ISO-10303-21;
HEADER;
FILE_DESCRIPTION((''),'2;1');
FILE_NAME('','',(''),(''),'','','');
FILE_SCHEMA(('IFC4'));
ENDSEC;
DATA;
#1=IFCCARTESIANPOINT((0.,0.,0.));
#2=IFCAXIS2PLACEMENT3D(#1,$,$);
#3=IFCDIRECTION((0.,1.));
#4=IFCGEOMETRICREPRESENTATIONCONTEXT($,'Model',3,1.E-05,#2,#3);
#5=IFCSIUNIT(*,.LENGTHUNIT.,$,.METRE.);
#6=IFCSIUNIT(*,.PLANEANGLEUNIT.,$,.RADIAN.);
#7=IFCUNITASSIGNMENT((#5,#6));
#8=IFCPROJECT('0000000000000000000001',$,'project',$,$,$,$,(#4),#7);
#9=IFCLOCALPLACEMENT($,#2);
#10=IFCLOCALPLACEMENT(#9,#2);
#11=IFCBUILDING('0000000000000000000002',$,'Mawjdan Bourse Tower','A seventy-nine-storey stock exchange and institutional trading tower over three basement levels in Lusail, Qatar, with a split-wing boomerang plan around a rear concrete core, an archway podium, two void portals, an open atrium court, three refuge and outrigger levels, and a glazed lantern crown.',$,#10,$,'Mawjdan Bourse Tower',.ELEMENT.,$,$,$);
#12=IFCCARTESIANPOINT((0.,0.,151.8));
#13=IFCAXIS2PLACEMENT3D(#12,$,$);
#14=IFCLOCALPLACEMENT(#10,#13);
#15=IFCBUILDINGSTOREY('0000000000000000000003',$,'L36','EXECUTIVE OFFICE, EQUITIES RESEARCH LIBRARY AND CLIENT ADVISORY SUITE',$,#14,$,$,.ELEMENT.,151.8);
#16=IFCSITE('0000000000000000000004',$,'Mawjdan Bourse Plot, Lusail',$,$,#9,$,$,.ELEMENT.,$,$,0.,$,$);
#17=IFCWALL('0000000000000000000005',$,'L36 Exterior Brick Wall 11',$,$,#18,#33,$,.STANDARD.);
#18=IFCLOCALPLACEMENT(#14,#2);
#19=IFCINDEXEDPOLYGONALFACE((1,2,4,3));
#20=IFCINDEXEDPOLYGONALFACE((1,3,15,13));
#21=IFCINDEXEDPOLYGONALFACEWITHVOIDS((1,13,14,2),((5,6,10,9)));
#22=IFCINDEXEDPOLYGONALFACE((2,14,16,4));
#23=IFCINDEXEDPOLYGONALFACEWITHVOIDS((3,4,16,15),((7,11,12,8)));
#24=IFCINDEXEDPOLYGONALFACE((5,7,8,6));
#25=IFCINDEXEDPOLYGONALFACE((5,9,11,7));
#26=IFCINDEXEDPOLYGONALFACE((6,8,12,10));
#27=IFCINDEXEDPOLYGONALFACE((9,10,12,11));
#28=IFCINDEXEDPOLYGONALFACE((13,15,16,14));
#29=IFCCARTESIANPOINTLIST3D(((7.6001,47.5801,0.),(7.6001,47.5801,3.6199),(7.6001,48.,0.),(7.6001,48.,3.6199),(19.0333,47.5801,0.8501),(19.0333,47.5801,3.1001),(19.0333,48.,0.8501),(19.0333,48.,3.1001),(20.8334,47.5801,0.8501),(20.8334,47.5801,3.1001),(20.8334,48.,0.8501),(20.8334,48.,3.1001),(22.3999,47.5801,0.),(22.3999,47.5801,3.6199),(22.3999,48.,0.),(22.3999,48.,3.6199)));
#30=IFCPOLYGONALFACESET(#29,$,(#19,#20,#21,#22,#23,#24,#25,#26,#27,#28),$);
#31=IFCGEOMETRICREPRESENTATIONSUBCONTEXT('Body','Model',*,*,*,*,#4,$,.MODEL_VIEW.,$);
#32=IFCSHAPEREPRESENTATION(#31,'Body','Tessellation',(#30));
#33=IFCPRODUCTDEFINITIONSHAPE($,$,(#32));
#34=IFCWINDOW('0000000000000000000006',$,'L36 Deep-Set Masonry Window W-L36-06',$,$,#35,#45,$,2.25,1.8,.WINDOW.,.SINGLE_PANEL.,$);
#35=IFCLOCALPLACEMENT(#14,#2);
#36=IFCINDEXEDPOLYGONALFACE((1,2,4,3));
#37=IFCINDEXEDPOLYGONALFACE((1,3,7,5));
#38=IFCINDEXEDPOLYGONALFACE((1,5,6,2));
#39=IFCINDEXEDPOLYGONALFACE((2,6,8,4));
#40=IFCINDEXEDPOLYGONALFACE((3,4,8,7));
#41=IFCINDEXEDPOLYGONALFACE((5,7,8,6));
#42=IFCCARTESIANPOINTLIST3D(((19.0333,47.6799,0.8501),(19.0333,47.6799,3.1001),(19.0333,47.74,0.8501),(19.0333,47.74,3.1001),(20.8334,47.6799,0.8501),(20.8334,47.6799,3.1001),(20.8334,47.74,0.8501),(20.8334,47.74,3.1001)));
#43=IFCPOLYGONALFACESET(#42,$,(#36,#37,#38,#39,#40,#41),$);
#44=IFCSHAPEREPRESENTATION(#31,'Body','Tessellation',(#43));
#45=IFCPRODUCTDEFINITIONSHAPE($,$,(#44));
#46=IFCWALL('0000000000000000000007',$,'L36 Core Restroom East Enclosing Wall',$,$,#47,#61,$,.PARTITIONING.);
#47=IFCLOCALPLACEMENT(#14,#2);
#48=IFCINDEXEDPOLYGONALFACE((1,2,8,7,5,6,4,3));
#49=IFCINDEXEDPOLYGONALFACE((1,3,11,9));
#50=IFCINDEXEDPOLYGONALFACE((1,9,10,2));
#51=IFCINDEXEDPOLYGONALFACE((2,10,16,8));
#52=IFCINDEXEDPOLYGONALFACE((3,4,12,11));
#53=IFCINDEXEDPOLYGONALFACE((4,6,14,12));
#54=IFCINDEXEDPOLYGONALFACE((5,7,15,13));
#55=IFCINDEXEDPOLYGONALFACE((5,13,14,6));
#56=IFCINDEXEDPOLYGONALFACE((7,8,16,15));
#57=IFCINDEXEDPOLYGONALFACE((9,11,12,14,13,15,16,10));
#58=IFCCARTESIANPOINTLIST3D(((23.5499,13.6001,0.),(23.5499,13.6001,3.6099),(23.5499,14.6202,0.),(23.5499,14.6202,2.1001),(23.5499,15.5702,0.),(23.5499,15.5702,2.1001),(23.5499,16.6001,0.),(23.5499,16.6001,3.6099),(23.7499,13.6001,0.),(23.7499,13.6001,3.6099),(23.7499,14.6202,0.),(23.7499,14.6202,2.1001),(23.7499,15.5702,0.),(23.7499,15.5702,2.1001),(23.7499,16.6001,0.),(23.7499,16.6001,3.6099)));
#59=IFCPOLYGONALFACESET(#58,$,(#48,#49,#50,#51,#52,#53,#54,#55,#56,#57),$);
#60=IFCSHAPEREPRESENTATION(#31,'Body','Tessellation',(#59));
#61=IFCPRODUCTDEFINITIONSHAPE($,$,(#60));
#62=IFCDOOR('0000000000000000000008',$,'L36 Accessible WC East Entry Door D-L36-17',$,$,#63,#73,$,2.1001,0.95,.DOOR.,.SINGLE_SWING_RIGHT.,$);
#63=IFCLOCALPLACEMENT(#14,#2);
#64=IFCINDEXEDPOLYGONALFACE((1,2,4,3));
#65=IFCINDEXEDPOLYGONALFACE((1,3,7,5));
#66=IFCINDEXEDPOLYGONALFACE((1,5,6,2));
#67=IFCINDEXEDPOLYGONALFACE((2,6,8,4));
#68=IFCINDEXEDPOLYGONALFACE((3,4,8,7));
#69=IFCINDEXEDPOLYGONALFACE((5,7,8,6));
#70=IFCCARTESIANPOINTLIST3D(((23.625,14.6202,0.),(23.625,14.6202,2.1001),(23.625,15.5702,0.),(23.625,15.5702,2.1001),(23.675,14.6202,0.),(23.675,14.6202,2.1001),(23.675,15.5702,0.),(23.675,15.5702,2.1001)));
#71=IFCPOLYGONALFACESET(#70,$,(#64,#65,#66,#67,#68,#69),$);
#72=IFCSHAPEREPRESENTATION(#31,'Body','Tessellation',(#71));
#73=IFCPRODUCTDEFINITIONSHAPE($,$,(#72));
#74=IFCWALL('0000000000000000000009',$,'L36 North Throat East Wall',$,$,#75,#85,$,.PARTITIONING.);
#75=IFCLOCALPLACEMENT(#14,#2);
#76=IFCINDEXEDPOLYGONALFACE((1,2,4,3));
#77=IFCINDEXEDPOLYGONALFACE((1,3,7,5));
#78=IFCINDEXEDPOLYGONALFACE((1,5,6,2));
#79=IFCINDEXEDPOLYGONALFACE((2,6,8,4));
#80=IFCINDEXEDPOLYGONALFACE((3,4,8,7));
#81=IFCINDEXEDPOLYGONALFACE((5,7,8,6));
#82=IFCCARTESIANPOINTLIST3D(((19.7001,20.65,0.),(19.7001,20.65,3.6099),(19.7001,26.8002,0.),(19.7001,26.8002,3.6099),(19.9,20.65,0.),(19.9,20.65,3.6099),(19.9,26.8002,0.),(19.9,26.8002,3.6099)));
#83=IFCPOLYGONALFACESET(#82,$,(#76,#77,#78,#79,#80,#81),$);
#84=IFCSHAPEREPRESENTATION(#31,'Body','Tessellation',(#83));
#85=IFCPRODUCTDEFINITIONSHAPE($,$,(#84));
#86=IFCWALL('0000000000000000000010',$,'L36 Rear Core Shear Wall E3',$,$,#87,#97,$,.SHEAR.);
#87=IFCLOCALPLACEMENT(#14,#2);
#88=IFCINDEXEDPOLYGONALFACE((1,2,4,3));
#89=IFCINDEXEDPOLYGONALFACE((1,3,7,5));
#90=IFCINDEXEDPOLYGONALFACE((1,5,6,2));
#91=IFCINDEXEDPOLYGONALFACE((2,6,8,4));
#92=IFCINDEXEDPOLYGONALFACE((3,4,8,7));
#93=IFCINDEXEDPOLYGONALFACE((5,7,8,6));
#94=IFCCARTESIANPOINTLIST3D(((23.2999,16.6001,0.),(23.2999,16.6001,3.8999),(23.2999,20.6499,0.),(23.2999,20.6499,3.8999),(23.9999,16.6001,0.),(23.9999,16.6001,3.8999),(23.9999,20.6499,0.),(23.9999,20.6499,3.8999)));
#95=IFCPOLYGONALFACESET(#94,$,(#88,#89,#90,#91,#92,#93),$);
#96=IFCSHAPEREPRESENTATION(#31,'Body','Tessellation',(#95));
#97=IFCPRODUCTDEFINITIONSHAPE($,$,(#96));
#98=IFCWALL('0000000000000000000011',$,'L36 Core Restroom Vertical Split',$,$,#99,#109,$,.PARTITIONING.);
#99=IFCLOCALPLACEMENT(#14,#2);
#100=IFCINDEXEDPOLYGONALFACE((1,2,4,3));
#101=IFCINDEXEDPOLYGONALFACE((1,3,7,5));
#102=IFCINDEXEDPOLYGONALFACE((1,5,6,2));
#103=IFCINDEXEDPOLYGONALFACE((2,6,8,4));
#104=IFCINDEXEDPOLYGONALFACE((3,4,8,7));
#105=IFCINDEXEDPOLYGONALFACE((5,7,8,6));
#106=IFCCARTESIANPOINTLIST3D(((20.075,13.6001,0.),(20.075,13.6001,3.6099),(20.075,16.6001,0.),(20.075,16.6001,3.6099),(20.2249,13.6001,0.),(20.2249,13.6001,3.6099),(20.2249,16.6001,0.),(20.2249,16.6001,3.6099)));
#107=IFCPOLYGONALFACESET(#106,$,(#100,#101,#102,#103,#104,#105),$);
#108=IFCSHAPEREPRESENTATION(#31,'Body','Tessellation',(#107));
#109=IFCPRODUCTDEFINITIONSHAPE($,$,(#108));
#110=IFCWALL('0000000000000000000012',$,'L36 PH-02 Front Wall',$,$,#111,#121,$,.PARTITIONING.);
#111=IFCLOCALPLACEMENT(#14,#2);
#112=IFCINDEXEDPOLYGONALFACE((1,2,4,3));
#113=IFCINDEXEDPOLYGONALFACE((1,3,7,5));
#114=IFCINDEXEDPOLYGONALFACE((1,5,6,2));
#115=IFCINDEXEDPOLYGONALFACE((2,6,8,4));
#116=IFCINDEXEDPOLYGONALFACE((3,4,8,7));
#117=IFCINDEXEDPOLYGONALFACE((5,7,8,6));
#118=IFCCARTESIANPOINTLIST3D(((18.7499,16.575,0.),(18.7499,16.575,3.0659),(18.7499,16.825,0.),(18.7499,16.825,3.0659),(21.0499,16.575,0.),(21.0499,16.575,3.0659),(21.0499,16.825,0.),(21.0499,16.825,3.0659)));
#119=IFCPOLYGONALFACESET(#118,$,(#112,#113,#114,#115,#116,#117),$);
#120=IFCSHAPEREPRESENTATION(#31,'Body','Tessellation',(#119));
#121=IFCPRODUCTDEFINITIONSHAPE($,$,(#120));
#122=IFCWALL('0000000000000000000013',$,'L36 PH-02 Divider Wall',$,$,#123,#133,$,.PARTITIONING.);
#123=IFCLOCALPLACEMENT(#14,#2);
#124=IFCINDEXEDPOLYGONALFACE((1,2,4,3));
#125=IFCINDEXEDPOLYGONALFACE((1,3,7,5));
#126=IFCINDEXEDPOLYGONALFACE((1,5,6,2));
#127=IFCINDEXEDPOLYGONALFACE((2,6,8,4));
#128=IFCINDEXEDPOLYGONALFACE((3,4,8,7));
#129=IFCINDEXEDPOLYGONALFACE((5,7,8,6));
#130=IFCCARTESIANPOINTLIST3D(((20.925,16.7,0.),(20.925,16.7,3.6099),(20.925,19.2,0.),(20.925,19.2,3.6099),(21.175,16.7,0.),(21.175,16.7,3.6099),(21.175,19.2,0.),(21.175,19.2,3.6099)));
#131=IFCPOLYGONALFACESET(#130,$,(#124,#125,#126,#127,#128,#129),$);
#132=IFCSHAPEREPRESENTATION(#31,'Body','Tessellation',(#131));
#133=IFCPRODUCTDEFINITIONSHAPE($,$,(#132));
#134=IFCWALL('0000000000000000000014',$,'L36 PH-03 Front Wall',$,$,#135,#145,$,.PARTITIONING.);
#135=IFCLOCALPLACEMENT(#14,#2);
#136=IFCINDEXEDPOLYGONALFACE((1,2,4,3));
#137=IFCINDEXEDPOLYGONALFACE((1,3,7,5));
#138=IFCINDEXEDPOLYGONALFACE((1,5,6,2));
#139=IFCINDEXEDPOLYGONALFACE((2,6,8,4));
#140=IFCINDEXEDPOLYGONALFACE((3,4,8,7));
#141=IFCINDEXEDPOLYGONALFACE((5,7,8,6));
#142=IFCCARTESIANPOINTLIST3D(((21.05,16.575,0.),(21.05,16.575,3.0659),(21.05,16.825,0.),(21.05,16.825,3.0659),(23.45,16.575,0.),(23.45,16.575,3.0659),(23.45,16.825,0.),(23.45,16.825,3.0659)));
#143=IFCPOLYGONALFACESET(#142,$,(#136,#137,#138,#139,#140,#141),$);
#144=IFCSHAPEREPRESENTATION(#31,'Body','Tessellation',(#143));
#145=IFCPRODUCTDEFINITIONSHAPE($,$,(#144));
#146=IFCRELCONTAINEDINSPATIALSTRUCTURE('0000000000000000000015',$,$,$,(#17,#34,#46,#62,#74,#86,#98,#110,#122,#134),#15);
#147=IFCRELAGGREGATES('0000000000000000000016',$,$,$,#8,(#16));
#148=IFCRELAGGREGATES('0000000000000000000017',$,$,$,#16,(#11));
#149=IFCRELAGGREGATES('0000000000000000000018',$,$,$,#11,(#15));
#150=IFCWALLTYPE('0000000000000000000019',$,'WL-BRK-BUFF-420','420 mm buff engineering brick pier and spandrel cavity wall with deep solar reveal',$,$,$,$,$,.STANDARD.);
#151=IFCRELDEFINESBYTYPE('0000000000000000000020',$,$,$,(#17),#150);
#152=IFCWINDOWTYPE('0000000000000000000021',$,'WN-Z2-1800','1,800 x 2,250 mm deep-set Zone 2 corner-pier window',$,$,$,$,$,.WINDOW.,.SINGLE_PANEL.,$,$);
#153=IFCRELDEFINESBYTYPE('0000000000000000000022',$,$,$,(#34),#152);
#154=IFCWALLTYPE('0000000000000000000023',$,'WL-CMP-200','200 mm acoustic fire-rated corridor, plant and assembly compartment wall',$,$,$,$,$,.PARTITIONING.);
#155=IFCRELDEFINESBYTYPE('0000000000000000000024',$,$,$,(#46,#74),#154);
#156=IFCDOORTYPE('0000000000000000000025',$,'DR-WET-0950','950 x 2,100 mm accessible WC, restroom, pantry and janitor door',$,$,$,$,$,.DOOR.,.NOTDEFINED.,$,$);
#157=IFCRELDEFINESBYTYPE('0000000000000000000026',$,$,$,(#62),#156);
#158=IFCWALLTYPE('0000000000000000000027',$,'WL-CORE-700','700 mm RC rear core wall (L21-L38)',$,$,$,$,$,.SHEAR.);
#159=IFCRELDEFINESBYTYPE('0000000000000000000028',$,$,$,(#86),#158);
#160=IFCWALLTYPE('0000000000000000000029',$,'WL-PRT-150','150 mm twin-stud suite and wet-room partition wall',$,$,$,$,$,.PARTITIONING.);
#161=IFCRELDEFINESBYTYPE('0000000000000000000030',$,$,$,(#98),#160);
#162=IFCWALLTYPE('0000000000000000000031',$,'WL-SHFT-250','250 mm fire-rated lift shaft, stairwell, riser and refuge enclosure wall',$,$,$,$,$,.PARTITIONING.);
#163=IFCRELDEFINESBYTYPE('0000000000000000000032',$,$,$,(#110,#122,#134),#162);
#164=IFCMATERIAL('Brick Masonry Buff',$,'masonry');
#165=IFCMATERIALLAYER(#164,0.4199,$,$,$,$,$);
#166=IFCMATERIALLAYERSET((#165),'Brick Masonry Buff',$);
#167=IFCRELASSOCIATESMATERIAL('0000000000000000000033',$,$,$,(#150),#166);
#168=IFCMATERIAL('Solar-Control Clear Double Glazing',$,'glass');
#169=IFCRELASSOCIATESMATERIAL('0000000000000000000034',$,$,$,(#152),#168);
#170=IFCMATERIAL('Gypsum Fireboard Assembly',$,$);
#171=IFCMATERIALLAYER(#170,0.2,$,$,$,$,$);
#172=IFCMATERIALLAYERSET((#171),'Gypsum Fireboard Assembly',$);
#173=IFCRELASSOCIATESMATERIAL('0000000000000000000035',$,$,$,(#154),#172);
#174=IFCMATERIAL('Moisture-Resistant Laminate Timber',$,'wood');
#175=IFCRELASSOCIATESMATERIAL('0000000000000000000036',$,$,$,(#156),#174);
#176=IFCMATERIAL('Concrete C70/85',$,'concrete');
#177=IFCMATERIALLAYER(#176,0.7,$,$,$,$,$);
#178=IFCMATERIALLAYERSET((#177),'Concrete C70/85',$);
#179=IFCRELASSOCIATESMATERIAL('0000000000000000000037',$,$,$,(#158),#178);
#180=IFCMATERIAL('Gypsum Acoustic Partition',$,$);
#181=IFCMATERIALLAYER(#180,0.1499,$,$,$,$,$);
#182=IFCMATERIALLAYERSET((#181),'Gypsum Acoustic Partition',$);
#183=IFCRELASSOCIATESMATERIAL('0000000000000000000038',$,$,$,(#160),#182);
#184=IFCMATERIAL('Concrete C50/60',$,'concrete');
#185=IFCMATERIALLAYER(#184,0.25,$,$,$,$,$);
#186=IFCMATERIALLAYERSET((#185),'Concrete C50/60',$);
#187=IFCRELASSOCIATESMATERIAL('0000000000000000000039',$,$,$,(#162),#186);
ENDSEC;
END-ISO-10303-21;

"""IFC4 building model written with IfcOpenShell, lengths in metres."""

from ifc_helpers import new_model, si_unit, direction, frame, frame_2d, origin, place, context, subcontext, project, spatial, rectangle, extrude, material, layer, layer_set, type_object, element, fill, save


model = new_model("IFC4")

# Units and contexts
model_context = context("Model", 3, precision=1e-05, world=origin(), true_north=direction((0.0, 1.0)))
body_context = subcontext(model_context, "Body", "Model", "MODEL_VIEW")
ifc_project = project(units=[si_unit("LENGTHUNIT", "METRE"), si_unit("PLANEANGLEUNIT", "RADIAN")], contexts=[model_context])

# Site, building, storey
site_placement = place(None, origin())
site = spatial("IfcSite", under=ifc_project, at=site_placement, Name="Mawjdan Bourse Plot, Lusail", CompositionType="ELEMENT", RefElevation=0.0)
building_placement = place(site_placement, origin())
building = spatial("IfcBuilding", under=site, at=building_placement, Name="Mawjdan Bourse Tower", Description="A seventy-nine-storey stock exchange and institutional trading tower over three basement levels in Lusail, Qatar, with a split-wing boomerang plan around a rear concrete core, an archway podium, two void portals, an open atrium court, three refuge and outrigger levels, and a glazed lantern crown.", LongName="Mawjdan Bourse Tower", CompositionType="ELEMENT")
storey_placement = place(building_placement, frame((0.0, 0.0, 151.8)))
storey = spatial("IfcBuildingStorey", under=building, at=storey_placement, Name="L36", Description="EXECUTIVE OFFICE, EQUITIES RESEARCH LIBRARY AND CLIENT ADVISORY SUITE", CompositionType="ELEMENT", Elevation=151.8)

# Shared definitions
ifc_material_1 = material(Name="Concrete C70/85", Category="concrete")

# Shared definitions
ifc_material_2 = material(Name="Brick Masonry Buff", Category="masonry")
ifc_layer_1 = layer(ifc_material_2, 0.4199)
ifc_layer_set_1 = layer_set([ifc_layer_1], Name="Brick Masonry Buff")
wall_type_1 = type_object("IfcWallType", Name="WL-BRK-BUFF-420", Description="420 mm buff engineering brick pier and spandrel cavity wall with deep solar reveal", PredefinedType="STANDARD", material=ifc_layer_set_1)
ifc_material_3 = material(Name="Solar-Control Clear Double Glazing", Category="glass")

# Wall, opening, window
wall_1_placement = place(storey_placement, frame((22.3999, 47.79, 0.0), z_axis=(0.0, 0.0, 1.0), x_axis=(-1.0, 0.0, 0.0)))
wall_1 = element("IfcWall", 1, at=wall_1_placement, inside=storey, type_object=wall_type_1, Name="L36 Exterior Brick Wall 11", PredefinedType="STANDARD", context=body_context, shape_type="SweptSolid", body=[
    extrude(rectangle(XDim=14.7998, YDim=0.4199, at=frame_2d((7.3999, 0.0))), origin(), (0.0, 0.0, 1.0), 3.6199),
])
opening_1_placement = place(wall_1_placement, frame((1.5667, 0.0, 0.8501)))
opening_1 = element("IfcOpeningElement", 2, at=opening_1_placement, cuts=wall_1, PredefinedType="OPENING", context=body_context, shape_type="SweptSolid", body=[
    extrude(rectangle(XDim=1.8, YDim=2.25, at=frame_2d((0.8999, 1.125))), frame((0.0, 0.22, 0.0), z_axis=(0.0, -1.0, 0.0), x_axis=(1.0, 0.0, 0.0)), (0.0, 0.0, 1.0), 0.4399),
])
window_type_1 = type_object("IfcWindowType", Name="WN-Z2-1800", Description="1,800 x 2,250 mm deep-set Zone 2 corner-pier window", PartitioningType="SINGLE_PANEL", PredefinedType="WINDOW", material=ifc_material_3)
window_1_placement = place(opening_1_placement, origin())
window_1 = element("IfcWindow", 3, at=window_1_placement, inside=storey, type_object=window_type_1, Name="L36 Deep-Set Masonry Window W-L36-06", OverallHeight=2.25, OverallWidth=1.8, PartitioningType="SINGLE_PANEL", PredefinedType="WINDOW", context=body_context, shape_type="SweptSolid", body=[
    extrude(rectangle(XDim=1.8, YDim=2.25, at=frame_2d((0.8999, 1.125))), frame((0.0, 0.1101, 0.0), z_axis=(0.0, -1.0, 0.0), x_axis=(1.0, 0.0, 0.0)), (0.0, 0.0, 1.0), 0.0601),
])
fill(opening_1, window_1)

# Wall, opening, door
ifc_material_4 = material(Name="Gypsum Fireboard Assembly")
ifc_layer_2 = layer(ifc_material_4, 0.2)
ifc_layer_set_2 = layer_set([ifc_layer_2], Name="Gypsum Fireboard Assembly")
wall_type_2 = type_object("IfcWallType", Name="WL-CMP-200", Description="200 mm acoustic fire-rated corridor, plant and assembly compartment wall", PredefinedType="PARTITIONING", material=ifc_layer_set_2)
wall_2_placement = place(storey_placement, frame((23.6499, 13.6001, 0.0), z_axis=(0.0, 0.0, 1.0), x_axis=(0.0, 1.0, 0.0)))
wall_2 = element("IfcWall", 4, at=wall_2_placement, inside=storey, type_object=wall_type_2, Name="L36 Core Restroom East Enclosing Wall", PredefinedType="PARTITIONING", context=body_context, shape_type="SweptSolid", body=[
    extrude(rectangle(XDim=3.0, YDim=0.2, at=frame_2d((1.5, 0.0))), origin(), (0.0, 0.0, 1.0), 3.6099),
])
opening_2_placement = place(wall_2_placement, frame((1.02, 0.0, 0.0)))
opening_2 = element("IfcOpeningElement", 5, at=opening_2_placement, cuts=wall_2, PredefinedType="OPENING", context=body_context, shape_type="SweptSolid", body=[
    extrude(rectangle(XDim=0.95, YDim=2.1001, at=frame_2d((0.4751, 1.05))), frame((0.0, 0.1099, 0.0), z_axis=(0.0, -1.0, 0.0), x_axis=(1.0, 0.0, 0.0)), (0.0, 0.0, 1.0), 0.22),
])
ifc_material_5 = material(Name="Moisture-Resistant Laminate Timber", Category="wood")
door_type_1 = type_object("IfcDoorType", Name="DR-WET-0950", Description="950 x 2,100 mm accessible WC, restroom, pantry and janitor door", OperationType="NOTDEFINED", PredefinedType="DOOR", material=ifc_material_5)
door_1_placement = place(opening_2_placement, origin())
door_1 = element("IfcDoor", 6, at=door_1_placement, inside=storey, type_object=door_type_1, Name="L36 Accessible WC East Entry Door D-L36-17", OperationType="SINGLE_SWING_RIGHT", OverallHeight=2.1001, OverallWidth=0.95, PredefinedType="DOOR", context=body_context, shape_type="SweptSolid", body=[
    extrude(rectangle(XDim=0.95, YDim=2.1001, at=frame_2d((0.4751, 1.05))), frame((0.0, 0.0249, 0.0), z_axis=(0.0, -1.0, 0.0), x_axis=(1.0, 0.0, 0.0)), (0.0, 0.0, 1.0), 0.05),
])
fill(opening_2, door_1)

# Walls
wall_3_placement = place(storey_placement, frame((19.8, 20.6499, 0.0), z_axis=(0.0, 0.0, 1.0), x_axis=(0.0, 1.0, 0.0)))
element("IfcWall", 7, at=wall_3_placement, inside=storey, type_object=wall_type_2, Name="L36 North Throat East Wall", PredefinedType="PARTITIONING", context=body_context, shape_type="SweptSolid", body=[
    extrude(rectangle(XDim=6.1501, YDim=0.2, at=frame_2d((3.0752, 0.0))), origin(), (0.0, 0.0, 1.0), 3.6099),
])
ifc_layer_3 = layer(ifc_material_1, 0.7)
ifc_layer_set_3 = layer_set([ifc_layer_3], Name="Concrete C70/85")
wall_type_3 = type_object("IfcWallType", Name="WL-CORE-700", Description="700 mm RC rear core wall (L21-L38)", PredefinedType="SHEAR", material=ifc_layer_set_3)
wall_4_placement = place(storey_placement, frame((23.6499, 16.6001, 0.0), z_axis=(0.0, 0.0, 1.0), x_axis=(0.0, 1.0, 0.0)))
element("IfcWall", 8, at=wall_4_placement, inside=storey, type_object=wall_type_3, Name="L36 Rear Core Shear Wall E3", PredefinedType="SHEAR", context=body_context, shape_type="SweptSolid", body=[
    extrude(rectangle(XDim=4.0498, YDim=0.7, at=frame_2d((2.0249, 0.0))), origin(), (0.0, 0.0, 1.0), 3.8999),
])
ifc_material_6 = material(Name="Gypsum Acoustic Partition")
ifc_layer_4 = layer(ifc_material_6, 0.1499)
ifc_layer_set_4 = layer_set([ifc_layer_4], Name="Gypsum Acoustic Partition")
wall_type_4 = type_object("IfcWallType", Name="WL-PRT-150", Description="150 mm twin-stud suite and wet-room partition wall", PredefinedType="PARTITIONING", material=ifc_layer_set_4)
wall_5_placement = place(storey_placement, frame((20.1499, 13.6001, 0.0), z_axis=(0.0, 0.0, 1.0), x_axis=(0.0, 1.0, 0.0)))
element("IfcWall", 9, at=wall_5_placement, inside=storey, type_object=wall_type_4, Name="L36 Core Restroom Vertical Split", PredefinedType="PARTITIONING", context=body_context, shape_type="SweptSolid", body=[
    extrude(rectangle(XDim=3.0, YDim=0.1499, at=frame_2d((1.5, 0.0))), origin(), (0.0, 0.0, 1.0), 3.6099),
])
ifc_material_7 = material(Name="Concrete C50/60", Category="concrete")
ifc_layer_5 = layer(ifc_material_7, 0.25)
ifc_layer_set_5 = layer_set([ifc_layer_5], Name="Concrete C50/60")
wall_type_5 = type_object("IfcWallType", Name="WL-SHFT-250", Description="250 mm fire-rated lift shaft, stairwell, riser and refuge enclosure wall", PredefinedType="PARTITIONING", material=ifc_layer_set_5)
wall_6_placement = place(storey_placement, frame((18.75, 16.7, 0.0), z_axis=(0.0, 0.0, 1.0), x_axis=(1.0, 0.0, 0.0)))
element("IfcWall", 10, at=wall_6_placement, inside=storey, type_object=wall_type_5, Name="L36 PH-02 Front Wall", PredefinedType="PARTITIONING", context=body_context, shape_type="SweptSolid", body=[
    extrude(rectangle(XDim=2.3, YDim=0.25, at=frame_2d((1.1499, 0.0))), origin(), (0.0, 0.0, 1.0), 3.0659),
])
wall_7_placement = place(storey_placement, frame((21.05, 16.7, 0.0), z_axis=(0.0, 0.0, 1.0), x_axis=(0.0, 1.0, 0.0)))
element("IfcWall", 11, at=wall_7_placement, inside=storey, type_object=wall_type_5, Name="L36 PH-02 Divider Wall", PredefinedType="PARTITIONING", context=body_context, shape_type="SweptSolid", body=[
    extrude(rectangle(XDim=2.5, YDim=0.25, at=frame_2d((1.25, 0.0))), origin(), (0.0, 0.0, 1.0), 3.6099),
])
wall_8_placement = place(storey_placement, frame((21.05, 16.7, 0.0), z_axis=(0.0, 0.0, 1.0), x_axis=(1.0, 0.0, 0.0)))
element("IfcWall", 12, at=wall_8_placement, inside=storey, type_object=wall_type_5, Name="L36 PH-03 Front Wall", PredefinedType="PARTITIONING", context=body_context, shape_type="SweptSolid", body=[
    extrude(rectangle(XDim=2.3999, YDim=0.25, at=frame_2d((1.2, 0.0))), origin(), (0.0, 0.0, 1.0), 3.0659),
])

save(model, "model.ifc")
